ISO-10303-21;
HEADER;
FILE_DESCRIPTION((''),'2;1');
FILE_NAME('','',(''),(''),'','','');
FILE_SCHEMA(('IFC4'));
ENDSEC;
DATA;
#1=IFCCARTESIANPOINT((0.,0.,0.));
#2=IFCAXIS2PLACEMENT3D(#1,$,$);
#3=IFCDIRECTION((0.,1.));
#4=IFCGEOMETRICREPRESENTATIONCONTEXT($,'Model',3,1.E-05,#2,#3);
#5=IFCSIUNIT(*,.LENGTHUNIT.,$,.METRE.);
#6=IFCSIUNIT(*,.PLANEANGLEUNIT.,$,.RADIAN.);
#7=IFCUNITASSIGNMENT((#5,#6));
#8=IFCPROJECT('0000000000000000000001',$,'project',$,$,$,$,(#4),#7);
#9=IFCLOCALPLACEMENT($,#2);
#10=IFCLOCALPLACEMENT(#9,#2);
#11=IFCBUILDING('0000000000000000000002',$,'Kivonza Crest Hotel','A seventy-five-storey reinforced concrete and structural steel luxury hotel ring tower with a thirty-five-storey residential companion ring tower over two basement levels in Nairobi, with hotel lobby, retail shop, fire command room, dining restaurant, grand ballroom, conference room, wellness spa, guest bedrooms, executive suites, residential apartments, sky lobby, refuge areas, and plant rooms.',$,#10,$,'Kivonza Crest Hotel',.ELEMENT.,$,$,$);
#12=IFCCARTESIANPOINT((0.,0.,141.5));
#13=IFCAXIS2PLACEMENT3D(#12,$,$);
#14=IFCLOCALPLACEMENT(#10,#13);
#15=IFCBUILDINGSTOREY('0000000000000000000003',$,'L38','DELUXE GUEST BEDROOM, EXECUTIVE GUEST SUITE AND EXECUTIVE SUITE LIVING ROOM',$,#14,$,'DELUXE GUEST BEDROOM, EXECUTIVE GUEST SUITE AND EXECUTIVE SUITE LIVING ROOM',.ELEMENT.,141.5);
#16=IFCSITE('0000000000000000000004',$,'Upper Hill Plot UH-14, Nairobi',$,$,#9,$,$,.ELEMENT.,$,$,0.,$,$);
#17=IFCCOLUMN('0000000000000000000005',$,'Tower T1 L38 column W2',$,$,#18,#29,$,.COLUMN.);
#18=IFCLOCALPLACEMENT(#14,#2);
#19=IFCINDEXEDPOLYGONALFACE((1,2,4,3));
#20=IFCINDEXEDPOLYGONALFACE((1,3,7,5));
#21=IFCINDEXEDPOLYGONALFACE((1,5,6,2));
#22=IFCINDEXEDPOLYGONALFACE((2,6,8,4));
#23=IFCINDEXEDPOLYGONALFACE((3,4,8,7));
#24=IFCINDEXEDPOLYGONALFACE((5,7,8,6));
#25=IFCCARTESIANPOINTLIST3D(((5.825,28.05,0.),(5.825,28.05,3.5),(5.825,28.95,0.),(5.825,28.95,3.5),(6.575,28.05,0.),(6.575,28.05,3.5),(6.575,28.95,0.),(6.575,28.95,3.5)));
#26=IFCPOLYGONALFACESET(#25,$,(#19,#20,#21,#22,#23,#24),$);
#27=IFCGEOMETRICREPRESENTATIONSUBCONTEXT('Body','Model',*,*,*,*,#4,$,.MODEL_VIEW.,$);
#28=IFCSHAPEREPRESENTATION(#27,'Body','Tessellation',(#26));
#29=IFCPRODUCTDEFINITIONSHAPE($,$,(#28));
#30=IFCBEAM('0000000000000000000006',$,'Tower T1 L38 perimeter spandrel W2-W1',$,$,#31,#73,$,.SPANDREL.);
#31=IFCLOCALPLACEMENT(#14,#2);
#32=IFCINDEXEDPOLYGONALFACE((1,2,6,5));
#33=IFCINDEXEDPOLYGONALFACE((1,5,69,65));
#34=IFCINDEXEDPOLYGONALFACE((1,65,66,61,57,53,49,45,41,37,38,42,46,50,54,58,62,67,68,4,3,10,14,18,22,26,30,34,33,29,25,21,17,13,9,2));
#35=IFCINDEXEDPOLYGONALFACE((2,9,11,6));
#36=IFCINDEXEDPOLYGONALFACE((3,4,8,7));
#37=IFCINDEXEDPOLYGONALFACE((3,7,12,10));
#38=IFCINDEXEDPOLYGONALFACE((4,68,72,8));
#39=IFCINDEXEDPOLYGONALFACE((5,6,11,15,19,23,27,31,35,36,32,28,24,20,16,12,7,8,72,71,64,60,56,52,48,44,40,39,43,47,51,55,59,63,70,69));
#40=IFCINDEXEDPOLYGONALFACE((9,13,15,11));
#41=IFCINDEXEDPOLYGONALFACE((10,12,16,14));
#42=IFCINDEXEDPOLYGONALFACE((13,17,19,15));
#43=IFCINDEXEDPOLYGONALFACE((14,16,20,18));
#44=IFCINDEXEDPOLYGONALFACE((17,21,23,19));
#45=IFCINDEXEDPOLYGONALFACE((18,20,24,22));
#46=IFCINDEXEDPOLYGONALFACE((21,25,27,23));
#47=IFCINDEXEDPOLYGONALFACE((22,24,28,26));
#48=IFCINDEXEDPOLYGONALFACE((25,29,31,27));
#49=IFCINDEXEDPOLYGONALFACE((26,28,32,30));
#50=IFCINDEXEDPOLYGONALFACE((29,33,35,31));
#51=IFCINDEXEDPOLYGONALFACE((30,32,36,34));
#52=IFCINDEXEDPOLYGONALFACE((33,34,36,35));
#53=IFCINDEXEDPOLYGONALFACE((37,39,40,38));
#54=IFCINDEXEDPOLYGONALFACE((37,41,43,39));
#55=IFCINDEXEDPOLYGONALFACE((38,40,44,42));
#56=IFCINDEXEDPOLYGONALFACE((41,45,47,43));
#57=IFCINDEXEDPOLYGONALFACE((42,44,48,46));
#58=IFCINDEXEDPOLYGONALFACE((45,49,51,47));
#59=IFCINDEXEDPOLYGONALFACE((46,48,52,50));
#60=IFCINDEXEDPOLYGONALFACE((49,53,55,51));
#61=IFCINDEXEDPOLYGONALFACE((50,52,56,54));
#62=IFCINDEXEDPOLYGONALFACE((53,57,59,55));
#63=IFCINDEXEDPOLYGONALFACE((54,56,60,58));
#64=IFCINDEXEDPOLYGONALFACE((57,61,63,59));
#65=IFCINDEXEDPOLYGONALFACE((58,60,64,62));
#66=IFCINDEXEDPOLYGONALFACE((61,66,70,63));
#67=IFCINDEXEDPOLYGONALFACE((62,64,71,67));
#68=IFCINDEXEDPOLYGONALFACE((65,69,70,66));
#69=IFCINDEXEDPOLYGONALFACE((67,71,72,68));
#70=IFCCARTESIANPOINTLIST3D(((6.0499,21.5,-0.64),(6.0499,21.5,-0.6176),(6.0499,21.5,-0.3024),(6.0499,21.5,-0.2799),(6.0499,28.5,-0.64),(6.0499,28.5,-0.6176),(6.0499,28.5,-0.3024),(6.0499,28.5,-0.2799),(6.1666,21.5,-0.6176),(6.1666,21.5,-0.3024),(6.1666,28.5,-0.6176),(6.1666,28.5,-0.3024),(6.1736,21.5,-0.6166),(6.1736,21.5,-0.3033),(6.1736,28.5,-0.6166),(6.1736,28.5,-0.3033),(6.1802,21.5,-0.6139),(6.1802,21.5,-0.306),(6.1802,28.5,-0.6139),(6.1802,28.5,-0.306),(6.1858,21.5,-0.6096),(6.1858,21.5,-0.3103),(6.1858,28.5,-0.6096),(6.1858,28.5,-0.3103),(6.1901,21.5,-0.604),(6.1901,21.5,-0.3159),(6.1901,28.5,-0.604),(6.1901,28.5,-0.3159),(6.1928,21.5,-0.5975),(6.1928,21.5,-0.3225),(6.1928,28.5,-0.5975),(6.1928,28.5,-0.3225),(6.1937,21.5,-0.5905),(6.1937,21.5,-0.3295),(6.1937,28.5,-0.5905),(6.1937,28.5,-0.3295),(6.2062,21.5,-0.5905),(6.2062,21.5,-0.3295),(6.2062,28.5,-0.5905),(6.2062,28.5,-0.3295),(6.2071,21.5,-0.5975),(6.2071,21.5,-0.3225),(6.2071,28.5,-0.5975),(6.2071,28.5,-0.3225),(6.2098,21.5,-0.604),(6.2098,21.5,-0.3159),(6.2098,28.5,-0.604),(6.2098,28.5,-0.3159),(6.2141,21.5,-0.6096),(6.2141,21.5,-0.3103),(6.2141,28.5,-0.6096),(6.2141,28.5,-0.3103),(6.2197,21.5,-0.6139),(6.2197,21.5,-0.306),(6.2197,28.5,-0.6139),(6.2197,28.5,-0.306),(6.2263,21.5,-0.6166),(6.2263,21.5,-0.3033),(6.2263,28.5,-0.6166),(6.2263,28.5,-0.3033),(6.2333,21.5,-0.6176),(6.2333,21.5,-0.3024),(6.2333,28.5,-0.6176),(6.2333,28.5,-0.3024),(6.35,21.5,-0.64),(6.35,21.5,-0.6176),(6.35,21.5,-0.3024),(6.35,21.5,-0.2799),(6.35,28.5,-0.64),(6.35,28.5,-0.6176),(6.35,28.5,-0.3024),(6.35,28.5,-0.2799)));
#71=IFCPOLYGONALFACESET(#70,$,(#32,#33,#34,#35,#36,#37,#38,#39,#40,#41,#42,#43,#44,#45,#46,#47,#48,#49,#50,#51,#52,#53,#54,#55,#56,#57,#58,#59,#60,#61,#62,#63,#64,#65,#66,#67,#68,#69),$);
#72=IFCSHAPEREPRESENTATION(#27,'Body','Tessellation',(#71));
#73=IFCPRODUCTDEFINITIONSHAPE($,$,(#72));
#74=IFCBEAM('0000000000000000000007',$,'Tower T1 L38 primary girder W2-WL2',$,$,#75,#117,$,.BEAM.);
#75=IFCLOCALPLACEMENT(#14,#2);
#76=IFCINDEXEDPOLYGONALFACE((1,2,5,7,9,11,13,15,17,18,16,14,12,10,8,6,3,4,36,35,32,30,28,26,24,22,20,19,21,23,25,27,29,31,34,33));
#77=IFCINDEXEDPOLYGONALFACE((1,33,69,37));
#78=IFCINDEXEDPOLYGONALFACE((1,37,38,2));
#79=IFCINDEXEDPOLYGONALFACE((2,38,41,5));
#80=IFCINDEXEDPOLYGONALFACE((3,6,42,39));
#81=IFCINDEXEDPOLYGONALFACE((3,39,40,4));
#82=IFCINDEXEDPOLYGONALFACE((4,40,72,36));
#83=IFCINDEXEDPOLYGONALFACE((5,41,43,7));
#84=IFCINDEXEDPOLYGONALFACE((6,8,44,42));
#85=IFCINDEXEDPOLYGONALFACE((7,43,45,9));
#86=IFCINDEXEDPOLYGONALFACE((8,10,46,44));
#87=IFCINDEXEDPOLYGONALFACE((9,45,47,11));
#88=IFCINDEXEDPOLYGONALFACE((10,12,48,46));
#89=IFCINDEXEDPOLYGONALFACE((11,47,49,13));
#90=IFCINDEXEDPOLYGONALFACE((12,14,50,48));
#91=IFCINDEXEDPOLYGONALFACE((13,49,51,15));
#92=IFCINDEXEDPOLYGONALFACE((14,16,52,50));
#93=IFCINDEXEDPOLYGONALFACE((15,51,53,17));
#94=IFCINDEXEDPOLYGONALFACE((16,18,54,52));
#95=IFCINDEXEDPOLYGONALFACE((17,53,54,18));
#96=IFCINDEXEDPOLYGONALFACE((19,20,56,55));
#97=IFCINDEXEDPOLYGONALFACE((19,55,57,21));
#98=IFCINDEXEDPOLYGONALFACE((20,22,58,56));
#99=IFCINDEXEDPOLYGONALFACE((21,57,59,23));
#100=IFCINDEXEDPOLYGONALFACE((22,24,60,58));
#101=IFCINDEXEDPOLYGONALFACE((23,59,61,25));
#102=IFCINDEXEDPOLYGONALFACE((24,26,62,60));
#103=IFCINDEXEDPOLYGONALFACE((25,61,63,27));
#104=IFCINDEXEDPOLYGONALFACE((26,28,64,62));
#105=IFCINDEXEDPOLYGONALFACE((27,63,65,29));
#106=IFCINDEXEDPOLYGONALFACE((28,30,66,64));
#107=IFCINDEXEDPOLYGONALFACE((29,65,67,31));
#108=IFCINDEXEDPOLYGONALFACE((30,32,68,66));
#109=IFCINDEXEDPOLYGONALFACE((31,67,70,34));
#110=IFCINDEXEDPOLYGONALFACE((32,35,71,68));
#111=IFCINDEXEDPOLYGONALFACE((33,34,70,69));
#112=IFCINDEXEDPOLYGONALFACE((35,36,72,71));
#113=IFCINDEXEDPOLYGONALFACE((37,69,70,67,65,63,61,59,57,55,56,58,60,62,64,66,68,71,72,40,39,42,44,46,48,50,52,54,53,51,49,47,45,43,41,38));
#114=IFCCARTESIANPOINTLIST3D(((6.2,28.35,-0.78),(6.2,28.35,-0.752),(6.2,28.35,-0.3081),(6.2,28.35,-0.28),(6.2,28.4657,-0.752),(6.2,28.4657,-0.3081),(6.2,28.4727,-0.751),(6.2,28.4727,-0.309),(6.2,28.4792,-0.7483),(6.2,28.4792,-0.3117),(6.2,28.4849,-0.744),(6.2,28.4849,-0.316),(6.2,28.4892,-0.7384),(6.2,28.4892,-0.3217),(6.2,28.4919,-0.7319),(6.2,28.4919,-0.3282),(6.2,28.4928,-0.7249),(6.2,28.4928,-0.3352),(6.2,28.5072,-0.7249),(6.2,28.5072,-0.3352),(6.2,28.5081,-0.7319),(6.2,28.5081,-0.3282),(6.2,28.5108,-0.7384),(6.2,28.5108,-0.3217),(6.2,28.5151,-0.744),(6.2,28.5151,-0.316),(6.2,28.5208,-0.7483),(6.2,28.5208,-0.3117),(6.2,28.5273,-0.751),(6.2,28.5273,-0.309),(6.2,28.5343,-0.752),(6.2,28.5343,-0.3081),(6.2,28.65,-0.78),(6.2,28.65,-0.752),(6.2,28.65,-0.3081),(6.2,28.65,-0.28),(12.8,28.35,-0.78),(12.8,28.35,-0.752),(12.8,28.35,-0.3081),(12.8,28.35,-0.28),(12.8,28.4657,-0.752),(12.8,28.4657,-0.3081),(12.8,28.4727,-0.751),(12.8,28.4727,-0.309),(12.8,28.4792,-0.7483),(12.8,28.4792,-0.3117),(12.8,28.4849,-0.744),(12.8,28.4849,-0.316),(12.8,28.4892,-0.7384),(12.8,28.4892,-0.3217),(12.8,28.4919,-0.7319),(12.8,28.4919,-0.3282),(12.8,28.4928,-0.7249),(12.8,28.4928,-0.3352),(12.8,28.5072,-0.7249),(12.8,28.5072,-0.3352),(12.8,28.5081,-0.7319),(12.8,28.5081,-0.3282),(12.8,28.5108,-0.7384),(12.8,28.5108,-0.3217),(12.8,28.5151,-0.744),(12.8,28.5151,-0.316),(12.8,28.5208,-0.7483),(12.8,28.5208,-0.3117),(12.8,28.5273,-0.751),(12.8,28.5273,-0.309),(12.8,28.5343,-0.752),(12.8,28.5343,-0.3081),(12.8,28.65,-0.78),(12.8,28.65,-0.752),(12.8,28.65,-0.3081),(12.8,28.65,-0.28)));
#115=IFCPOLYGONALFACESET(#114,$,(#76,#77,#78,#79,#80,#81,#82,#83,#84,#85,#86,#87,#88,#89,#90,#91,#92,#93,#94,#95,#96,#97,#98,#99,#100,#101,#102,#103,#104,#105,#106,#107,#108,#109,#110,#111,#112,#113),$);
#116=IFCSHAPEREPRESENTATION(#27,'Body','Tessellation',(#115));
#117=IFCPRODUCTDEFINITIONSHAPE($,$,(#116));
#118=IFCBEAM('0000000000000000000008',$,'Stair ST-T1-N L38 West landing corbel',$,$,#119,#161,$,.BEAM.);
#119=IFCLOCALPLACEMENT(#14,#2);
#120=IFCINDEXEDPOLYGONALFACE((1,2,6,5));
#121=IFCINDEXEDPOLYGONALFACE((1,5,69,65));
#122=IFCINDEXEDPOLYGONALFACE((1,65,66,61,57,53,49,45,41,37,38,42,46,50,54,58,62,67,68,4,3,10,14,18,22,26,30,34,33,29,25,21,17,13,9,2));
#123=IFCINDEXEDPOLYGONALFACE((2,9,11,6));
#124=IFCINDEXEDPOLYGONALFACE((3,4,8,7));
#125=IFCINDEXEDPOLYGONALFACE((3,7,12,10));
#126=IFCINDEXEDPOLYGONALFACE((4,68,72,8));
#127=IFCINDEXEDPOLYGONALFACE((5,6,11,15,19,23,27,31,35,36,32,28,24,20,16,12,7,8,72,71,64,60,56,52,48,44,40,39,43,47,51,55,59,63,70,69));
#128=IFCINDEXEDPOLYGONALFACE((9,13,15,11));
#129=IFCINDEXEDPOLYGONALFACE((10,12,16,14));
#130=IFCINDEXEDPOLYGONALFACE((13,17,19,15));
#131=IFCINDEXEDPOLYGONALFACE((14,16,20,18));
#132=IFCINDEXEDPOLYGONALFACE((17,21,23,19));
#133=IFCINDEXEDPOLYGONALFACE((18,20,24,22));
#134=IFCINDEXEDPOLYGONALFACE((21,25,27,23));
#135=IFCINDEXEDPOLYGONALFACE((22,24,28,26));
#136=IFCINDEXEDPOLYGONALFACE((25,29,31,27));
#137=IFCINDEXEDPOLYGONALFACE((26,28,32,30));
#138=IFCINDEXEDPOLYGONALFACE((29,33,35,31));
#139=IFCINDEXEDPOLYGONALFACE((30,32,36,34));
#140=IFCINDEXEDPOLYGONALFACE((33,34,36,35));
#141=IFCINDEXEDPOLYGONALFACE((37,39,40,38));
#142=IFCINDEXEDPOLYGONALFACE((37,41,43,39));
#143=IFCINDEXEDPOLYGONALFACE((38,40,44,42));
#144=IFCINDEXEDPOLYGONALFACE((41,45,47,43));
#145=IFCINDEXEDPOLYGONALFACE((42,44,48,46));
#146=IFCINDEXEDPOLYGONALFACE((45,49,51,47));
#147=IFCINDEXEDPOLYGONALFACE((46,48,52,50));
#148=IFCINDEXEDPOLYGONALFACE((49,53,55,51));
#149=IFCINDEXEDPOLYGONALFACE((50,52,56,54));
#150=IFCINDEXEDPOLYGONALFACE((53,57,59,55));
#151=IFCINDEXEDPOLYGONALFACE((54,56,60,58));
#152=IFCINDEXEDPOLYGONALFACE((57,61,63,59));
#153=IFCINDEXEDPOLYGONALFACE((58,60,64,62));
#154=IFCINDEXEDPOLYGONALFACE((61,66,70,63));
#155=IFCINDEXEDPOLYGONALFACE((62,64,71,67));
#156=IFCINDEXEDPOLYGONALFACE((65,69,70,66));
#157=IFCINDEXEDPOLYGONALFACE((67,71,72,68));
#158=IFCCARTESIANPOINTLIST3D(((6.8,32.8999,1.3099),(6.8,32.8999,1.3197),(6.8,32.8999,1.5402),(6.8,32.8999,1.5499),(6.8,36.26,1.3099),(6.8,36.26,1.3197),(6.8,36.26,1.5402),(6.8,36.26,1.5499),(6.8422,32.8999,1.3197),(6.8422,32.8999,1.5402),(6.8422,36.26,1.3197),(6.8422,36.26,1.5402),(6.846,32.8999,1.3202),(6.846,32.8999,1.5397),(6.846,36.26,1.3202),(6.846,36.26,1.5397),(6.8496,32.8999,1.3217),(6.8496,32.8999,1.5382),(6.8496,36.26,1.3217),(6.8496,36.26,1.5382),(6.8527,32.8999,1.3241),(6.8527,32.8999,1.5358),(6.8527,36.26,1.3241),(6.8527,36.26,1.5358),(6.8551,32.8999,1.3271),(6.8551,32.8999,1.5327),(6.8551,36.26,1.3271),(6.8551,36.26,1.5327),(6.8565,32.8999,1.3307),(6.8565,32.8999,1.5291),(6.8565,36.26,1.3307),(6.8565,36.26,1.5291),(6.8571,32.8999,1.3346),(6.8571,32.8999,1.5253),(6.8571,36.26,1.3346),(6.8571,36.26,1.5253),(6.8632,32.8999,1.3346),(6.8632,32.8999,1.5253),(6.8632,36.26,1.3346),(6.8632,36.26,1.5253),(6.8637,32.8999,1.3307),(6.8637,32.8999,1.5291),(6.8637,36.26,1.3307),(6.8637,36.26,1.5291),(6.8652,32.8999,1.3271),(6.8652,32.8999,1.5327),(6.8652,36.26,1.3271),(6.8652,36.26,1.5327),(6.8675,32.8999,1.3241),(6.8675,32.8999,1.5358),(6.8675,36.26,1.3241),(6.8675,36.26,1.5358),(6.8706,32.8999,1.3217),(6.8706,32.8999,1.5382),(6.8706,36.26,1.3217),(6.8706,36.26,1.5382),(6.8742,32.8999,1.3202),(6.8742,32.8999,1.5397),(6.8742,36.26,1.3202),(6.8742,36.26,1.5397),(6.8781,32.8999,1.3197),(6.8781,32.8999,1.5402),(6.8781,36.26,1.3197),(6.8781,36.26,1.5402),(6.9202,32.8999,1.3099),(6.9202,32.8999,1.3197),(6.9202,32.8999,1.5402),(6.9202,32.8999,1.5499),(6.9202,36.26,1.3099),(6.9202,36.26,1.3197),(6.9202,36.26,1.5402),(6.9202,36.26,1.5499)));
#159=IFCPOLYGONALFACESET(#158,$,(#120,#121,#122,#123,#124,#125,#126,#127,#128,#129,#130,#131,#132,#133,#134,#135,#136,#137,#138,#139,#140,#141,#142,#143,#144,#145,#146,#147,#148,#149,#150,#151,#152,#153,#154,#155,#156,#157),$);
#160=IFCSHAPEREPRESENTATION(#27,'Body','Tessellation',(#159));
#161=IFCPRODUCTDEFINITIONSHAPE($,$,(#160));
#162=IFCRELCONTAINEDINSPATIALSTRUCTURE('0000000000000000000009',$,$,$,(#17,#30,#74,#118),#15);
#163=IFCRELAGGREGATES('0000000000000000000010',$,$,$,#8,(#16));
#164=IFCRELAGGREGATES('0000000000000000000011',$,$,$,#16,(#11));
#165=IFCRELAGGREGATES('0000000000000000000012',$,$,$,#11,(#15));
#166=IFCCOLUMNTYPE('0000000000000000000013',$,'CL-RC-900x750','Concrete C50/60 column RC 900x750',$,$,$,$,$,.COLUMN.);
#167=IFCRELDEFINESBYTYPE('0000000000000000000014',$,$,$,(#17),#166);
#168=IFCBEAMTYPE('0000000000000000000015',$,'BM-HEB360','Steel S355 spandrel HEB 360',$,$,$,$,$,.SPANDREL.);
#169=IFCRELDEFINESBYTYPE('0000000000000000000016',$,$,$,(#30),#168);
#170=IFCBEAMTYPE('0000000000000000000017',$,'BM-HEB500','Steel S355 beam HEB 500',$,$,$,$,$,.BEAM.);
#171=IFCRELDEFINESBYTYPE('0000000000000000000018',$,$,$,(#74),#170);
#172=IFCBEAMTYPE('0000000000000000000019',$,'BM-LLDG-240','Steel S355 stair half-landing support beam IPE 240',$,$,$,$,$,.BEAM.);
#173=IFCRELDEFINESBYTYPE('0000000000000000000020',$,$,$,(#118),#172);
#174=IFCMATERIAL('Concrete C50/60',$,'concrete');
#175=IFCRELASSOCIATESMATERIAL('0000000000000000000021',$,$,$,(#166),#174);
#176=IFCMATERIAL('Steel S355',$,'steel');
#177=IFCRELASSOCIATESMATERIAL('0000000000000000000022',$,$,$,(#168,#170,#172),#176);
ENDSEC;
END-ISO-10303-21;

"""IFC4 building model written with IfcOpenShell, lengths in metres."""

from ifc_helpers import new_model, si_unit, direction, frame, origin, origin_2d, place, context, subcontext, project, spatial, rectangle, i_section, extrude, material, material_profile, profile_set, type_object, element, save


model = new_model("IFC4")

# Units and contexts
model_context = context("Model", 3, precision=1e-05, world=origin(), true_north=direction((0.0, 1.0)))
body_context = subcontext(model_context, "Body", "Model", "MODEL_VIEW")
ifc_project = project(units=[si_unit("LENGTHUNIT", "METRE"), si_unit("PLANEANGLEUNIT", "RADIAN")], contexts=[model_context])

# Site, building, storey
site_placement = place(None, origin())
site = spatial("IfcSite", under=ifc_project, at=site_placement, Name="Upper Hill Plot UH-14, Nairobi", CompositionType="ELEMENT", RefElevation=0.0)
building_placement = place(site_placement, origin())
building = spatial("IfcBuilding", under=site, at=building_placement, Name="Kivonza Crest Hotel", Description="A seventy-five-storey reinforced concrete and structural steel luxury hotel ring tower with a thirty-five-storey residential companion ring tower over two basement levels in Nairobi, with hotel lobby, retail shop, fire command room, dining restaurant, grand ballroom, conference room, wellness spa, guest bedrooms, executive suites, residential apartments, sky lobby, refuge areas, and plant rooms.", LongName="Kivonza Crest Hotel", CompositionType="ELEMENT")
storey_placement = place(building_placement, frame((0.0, 0.0, 141.5)))
storey = spatial("IfcBuildingStorey", under=building, at=storey_placement, Name="L38", Description="DELUXE GUEST BEDROOM, EXECUTIVE GUEST SUITE AND EXECUTIVE SUITE LIVING ROOM", LongName="DELUXE GUEST BEDROOM, EXECUTIVE GUEST SUITE AND EXECUTIVE SUITE LIVING ROOM", CompositionType="ELEMENT", Elevation=141.5)

# Column
ifc_material_1 = material(Name="Concrete C50/60", Category="concrete")
ifc_material_profile_1 = material_profile(ifc_material_1, rectangle(XDim=0.75, YDim=0.8999, at=origin_2d()), Name="RC 900x750")
ifc_profile_set_1 = profile_set([ifc_material_profile_1], Name="Concrete C50/60")
column_type = type_object("IfcColumnType", Name="CL-RC-900x750", Description="Concrete C50/60 column RC 900x750", PredefinedType="COLUMN", material=ifc_profile_set_1)
column_placement = place(storey_placement, frame((6.2, 28.5, 0.0), z_axis=(0.0, 0.0, 1.0), x_axis=(1.0, 0.0, 0.0)))
element("IfcColumn", 1, at=column_placement, inside=storey, type_object=column_type, Name="Tower T1 L38 column W2", PredefinedType="COLUMN", context=body_context, shape_type="SweptSolid", body=[
    extrude(rectangle(XDim=0.75, YDim=0.8999, at=origin_2d()), origin(), (0.0, 0.0, 1.0), 3.5),
])

# Beams
ifc_material_2 = material(Name="Steel S355", Category="steel")
ifc_material_profile_2 = material_profile(ifc_material_2, i_section(OverallWidth=0.3, OverallDepth=0.3601, WebThickness=0.0125, FlangeThickness=0.0225, FilletRadius=0.0271, at=origin_2d()), Name="HEB 360")
ifc_profile_set_2 = profile_set([ifc_material_profile_2], Name="Steel S355")
beam_type_1 = type_object("IfcBeamType", Name="BM-HEB360", Description="Steel S355 spandrel HEB 360", PredefinedType="SPANDREL", material=ifc_profile_set_2)
beam_1_placement = place(storey_placement, frame((6.2, 28.5, -0.46), z_axis=(0.0, -1.0, 0.0), x_axis=(1.0, 0.0, 0.0)))
element("IfcBeam", 2, at=beam_1_placement, inside=storey, type_object=beam_type_1, Name="Tower T1 L38 perimeter spandrel W2-W1", PredefinedType="SPANDREL", context=body_context, shape_type="SweptSolid", body=[
    extrude(i_section(OverallWidth=0.3, OverallDepth=0.3601, WebThickness=0.0125, FlangeThickness=0.0225, FilletRadius=0.0271, at=origin_2d()), origin(), (0.0, 0.0, 1.0), 7.0),
])
ifc_material_profile_3 = material_profile(ifc_material_2, i_section(OverallWidth=0.3, OverallDepth=0.5, WebThickness=0.0144, FlangeThickness=0.0281, FilletRadius=0.0271, at=origin_2d()), Name="HEB 500")
ifc_profile_set_3 = profile_set([ifc_material_profile_3], Name="Steel S355")
beam_type_2 = type_object("IfcBeamType", Name="BM-HEB500", Description="Steel S355 beam HEB 500", PredefinedType="BEAM", material=ifc_profile_set_3)
beam_2_placement = place(storey_placement, frame((6.2, 28.5, -0.53), z_axis=(1.0, 0.0, 0.0), x_axis=(0.0, 1.0, 0.0)))
element("IfcBeam", 3, at=beam_2_placement, inside=storey, type_object=beam_type_2, Name="Tower T1 L38 primary girder W2-WL2", PredefinedType="BEAM", context=body_context, shape_type="SweptSolid", body=[
    extrude(i_section(OverallWidth=0.3, OverallDepth=0.5, WebThickness=0.0144, FlangeThickness=0.0281, FilletRadius=0.0271, at=origin_2d()), origin(), (0.0, 0.0, 1.0), 6.6001),
])
ifc_material_profile_4 = material_profile(ifc_material_2, i_section(OverallWidth=0.1201, OverallDepth=0.24, WebThickness=0.0061, FlangeThickness=0.0098, FilletRadius=0.0149, at=origin_2d()), Name="IPE 240")
ifc_profile_set_4 = profile_set([ifc_material_profile_4], Name="Steel S355")
beam_type_3 = type_object("IfcBeamType", Name="BM-LLDG-240", Description="Steel S355 stair half-landing support beam IPE 240", PredefinedType="BEAM", material=ifc_profile_set_4)
beam_3_placement = place(storey_placement, frame((6.8601, 32.8999, 1.4299), z_axis=(0.0, 1.0, 0.0), x_axis=(-1.0, 0.0, 0.0)))
element("IfcBeam", 4, at=beam_3_placement, inside=storey, type_object=beam_type_3, Name="Stair ST-T1-N L38 West landing corbel", PredefinedType="BEAM", context=body_context, shape_type="SweptSolid", body=[
    extrude(i_section(OverallWidth=0.1201, OverallDepth=0.24, WebThickness=0.0061, FlangeThickness=0.0098, FilletRadius=0.0149, at=origin_2d()), origin(), (0.0, 0.0, 1.0), 3.3601),
])

save(model, "model.ifc")
